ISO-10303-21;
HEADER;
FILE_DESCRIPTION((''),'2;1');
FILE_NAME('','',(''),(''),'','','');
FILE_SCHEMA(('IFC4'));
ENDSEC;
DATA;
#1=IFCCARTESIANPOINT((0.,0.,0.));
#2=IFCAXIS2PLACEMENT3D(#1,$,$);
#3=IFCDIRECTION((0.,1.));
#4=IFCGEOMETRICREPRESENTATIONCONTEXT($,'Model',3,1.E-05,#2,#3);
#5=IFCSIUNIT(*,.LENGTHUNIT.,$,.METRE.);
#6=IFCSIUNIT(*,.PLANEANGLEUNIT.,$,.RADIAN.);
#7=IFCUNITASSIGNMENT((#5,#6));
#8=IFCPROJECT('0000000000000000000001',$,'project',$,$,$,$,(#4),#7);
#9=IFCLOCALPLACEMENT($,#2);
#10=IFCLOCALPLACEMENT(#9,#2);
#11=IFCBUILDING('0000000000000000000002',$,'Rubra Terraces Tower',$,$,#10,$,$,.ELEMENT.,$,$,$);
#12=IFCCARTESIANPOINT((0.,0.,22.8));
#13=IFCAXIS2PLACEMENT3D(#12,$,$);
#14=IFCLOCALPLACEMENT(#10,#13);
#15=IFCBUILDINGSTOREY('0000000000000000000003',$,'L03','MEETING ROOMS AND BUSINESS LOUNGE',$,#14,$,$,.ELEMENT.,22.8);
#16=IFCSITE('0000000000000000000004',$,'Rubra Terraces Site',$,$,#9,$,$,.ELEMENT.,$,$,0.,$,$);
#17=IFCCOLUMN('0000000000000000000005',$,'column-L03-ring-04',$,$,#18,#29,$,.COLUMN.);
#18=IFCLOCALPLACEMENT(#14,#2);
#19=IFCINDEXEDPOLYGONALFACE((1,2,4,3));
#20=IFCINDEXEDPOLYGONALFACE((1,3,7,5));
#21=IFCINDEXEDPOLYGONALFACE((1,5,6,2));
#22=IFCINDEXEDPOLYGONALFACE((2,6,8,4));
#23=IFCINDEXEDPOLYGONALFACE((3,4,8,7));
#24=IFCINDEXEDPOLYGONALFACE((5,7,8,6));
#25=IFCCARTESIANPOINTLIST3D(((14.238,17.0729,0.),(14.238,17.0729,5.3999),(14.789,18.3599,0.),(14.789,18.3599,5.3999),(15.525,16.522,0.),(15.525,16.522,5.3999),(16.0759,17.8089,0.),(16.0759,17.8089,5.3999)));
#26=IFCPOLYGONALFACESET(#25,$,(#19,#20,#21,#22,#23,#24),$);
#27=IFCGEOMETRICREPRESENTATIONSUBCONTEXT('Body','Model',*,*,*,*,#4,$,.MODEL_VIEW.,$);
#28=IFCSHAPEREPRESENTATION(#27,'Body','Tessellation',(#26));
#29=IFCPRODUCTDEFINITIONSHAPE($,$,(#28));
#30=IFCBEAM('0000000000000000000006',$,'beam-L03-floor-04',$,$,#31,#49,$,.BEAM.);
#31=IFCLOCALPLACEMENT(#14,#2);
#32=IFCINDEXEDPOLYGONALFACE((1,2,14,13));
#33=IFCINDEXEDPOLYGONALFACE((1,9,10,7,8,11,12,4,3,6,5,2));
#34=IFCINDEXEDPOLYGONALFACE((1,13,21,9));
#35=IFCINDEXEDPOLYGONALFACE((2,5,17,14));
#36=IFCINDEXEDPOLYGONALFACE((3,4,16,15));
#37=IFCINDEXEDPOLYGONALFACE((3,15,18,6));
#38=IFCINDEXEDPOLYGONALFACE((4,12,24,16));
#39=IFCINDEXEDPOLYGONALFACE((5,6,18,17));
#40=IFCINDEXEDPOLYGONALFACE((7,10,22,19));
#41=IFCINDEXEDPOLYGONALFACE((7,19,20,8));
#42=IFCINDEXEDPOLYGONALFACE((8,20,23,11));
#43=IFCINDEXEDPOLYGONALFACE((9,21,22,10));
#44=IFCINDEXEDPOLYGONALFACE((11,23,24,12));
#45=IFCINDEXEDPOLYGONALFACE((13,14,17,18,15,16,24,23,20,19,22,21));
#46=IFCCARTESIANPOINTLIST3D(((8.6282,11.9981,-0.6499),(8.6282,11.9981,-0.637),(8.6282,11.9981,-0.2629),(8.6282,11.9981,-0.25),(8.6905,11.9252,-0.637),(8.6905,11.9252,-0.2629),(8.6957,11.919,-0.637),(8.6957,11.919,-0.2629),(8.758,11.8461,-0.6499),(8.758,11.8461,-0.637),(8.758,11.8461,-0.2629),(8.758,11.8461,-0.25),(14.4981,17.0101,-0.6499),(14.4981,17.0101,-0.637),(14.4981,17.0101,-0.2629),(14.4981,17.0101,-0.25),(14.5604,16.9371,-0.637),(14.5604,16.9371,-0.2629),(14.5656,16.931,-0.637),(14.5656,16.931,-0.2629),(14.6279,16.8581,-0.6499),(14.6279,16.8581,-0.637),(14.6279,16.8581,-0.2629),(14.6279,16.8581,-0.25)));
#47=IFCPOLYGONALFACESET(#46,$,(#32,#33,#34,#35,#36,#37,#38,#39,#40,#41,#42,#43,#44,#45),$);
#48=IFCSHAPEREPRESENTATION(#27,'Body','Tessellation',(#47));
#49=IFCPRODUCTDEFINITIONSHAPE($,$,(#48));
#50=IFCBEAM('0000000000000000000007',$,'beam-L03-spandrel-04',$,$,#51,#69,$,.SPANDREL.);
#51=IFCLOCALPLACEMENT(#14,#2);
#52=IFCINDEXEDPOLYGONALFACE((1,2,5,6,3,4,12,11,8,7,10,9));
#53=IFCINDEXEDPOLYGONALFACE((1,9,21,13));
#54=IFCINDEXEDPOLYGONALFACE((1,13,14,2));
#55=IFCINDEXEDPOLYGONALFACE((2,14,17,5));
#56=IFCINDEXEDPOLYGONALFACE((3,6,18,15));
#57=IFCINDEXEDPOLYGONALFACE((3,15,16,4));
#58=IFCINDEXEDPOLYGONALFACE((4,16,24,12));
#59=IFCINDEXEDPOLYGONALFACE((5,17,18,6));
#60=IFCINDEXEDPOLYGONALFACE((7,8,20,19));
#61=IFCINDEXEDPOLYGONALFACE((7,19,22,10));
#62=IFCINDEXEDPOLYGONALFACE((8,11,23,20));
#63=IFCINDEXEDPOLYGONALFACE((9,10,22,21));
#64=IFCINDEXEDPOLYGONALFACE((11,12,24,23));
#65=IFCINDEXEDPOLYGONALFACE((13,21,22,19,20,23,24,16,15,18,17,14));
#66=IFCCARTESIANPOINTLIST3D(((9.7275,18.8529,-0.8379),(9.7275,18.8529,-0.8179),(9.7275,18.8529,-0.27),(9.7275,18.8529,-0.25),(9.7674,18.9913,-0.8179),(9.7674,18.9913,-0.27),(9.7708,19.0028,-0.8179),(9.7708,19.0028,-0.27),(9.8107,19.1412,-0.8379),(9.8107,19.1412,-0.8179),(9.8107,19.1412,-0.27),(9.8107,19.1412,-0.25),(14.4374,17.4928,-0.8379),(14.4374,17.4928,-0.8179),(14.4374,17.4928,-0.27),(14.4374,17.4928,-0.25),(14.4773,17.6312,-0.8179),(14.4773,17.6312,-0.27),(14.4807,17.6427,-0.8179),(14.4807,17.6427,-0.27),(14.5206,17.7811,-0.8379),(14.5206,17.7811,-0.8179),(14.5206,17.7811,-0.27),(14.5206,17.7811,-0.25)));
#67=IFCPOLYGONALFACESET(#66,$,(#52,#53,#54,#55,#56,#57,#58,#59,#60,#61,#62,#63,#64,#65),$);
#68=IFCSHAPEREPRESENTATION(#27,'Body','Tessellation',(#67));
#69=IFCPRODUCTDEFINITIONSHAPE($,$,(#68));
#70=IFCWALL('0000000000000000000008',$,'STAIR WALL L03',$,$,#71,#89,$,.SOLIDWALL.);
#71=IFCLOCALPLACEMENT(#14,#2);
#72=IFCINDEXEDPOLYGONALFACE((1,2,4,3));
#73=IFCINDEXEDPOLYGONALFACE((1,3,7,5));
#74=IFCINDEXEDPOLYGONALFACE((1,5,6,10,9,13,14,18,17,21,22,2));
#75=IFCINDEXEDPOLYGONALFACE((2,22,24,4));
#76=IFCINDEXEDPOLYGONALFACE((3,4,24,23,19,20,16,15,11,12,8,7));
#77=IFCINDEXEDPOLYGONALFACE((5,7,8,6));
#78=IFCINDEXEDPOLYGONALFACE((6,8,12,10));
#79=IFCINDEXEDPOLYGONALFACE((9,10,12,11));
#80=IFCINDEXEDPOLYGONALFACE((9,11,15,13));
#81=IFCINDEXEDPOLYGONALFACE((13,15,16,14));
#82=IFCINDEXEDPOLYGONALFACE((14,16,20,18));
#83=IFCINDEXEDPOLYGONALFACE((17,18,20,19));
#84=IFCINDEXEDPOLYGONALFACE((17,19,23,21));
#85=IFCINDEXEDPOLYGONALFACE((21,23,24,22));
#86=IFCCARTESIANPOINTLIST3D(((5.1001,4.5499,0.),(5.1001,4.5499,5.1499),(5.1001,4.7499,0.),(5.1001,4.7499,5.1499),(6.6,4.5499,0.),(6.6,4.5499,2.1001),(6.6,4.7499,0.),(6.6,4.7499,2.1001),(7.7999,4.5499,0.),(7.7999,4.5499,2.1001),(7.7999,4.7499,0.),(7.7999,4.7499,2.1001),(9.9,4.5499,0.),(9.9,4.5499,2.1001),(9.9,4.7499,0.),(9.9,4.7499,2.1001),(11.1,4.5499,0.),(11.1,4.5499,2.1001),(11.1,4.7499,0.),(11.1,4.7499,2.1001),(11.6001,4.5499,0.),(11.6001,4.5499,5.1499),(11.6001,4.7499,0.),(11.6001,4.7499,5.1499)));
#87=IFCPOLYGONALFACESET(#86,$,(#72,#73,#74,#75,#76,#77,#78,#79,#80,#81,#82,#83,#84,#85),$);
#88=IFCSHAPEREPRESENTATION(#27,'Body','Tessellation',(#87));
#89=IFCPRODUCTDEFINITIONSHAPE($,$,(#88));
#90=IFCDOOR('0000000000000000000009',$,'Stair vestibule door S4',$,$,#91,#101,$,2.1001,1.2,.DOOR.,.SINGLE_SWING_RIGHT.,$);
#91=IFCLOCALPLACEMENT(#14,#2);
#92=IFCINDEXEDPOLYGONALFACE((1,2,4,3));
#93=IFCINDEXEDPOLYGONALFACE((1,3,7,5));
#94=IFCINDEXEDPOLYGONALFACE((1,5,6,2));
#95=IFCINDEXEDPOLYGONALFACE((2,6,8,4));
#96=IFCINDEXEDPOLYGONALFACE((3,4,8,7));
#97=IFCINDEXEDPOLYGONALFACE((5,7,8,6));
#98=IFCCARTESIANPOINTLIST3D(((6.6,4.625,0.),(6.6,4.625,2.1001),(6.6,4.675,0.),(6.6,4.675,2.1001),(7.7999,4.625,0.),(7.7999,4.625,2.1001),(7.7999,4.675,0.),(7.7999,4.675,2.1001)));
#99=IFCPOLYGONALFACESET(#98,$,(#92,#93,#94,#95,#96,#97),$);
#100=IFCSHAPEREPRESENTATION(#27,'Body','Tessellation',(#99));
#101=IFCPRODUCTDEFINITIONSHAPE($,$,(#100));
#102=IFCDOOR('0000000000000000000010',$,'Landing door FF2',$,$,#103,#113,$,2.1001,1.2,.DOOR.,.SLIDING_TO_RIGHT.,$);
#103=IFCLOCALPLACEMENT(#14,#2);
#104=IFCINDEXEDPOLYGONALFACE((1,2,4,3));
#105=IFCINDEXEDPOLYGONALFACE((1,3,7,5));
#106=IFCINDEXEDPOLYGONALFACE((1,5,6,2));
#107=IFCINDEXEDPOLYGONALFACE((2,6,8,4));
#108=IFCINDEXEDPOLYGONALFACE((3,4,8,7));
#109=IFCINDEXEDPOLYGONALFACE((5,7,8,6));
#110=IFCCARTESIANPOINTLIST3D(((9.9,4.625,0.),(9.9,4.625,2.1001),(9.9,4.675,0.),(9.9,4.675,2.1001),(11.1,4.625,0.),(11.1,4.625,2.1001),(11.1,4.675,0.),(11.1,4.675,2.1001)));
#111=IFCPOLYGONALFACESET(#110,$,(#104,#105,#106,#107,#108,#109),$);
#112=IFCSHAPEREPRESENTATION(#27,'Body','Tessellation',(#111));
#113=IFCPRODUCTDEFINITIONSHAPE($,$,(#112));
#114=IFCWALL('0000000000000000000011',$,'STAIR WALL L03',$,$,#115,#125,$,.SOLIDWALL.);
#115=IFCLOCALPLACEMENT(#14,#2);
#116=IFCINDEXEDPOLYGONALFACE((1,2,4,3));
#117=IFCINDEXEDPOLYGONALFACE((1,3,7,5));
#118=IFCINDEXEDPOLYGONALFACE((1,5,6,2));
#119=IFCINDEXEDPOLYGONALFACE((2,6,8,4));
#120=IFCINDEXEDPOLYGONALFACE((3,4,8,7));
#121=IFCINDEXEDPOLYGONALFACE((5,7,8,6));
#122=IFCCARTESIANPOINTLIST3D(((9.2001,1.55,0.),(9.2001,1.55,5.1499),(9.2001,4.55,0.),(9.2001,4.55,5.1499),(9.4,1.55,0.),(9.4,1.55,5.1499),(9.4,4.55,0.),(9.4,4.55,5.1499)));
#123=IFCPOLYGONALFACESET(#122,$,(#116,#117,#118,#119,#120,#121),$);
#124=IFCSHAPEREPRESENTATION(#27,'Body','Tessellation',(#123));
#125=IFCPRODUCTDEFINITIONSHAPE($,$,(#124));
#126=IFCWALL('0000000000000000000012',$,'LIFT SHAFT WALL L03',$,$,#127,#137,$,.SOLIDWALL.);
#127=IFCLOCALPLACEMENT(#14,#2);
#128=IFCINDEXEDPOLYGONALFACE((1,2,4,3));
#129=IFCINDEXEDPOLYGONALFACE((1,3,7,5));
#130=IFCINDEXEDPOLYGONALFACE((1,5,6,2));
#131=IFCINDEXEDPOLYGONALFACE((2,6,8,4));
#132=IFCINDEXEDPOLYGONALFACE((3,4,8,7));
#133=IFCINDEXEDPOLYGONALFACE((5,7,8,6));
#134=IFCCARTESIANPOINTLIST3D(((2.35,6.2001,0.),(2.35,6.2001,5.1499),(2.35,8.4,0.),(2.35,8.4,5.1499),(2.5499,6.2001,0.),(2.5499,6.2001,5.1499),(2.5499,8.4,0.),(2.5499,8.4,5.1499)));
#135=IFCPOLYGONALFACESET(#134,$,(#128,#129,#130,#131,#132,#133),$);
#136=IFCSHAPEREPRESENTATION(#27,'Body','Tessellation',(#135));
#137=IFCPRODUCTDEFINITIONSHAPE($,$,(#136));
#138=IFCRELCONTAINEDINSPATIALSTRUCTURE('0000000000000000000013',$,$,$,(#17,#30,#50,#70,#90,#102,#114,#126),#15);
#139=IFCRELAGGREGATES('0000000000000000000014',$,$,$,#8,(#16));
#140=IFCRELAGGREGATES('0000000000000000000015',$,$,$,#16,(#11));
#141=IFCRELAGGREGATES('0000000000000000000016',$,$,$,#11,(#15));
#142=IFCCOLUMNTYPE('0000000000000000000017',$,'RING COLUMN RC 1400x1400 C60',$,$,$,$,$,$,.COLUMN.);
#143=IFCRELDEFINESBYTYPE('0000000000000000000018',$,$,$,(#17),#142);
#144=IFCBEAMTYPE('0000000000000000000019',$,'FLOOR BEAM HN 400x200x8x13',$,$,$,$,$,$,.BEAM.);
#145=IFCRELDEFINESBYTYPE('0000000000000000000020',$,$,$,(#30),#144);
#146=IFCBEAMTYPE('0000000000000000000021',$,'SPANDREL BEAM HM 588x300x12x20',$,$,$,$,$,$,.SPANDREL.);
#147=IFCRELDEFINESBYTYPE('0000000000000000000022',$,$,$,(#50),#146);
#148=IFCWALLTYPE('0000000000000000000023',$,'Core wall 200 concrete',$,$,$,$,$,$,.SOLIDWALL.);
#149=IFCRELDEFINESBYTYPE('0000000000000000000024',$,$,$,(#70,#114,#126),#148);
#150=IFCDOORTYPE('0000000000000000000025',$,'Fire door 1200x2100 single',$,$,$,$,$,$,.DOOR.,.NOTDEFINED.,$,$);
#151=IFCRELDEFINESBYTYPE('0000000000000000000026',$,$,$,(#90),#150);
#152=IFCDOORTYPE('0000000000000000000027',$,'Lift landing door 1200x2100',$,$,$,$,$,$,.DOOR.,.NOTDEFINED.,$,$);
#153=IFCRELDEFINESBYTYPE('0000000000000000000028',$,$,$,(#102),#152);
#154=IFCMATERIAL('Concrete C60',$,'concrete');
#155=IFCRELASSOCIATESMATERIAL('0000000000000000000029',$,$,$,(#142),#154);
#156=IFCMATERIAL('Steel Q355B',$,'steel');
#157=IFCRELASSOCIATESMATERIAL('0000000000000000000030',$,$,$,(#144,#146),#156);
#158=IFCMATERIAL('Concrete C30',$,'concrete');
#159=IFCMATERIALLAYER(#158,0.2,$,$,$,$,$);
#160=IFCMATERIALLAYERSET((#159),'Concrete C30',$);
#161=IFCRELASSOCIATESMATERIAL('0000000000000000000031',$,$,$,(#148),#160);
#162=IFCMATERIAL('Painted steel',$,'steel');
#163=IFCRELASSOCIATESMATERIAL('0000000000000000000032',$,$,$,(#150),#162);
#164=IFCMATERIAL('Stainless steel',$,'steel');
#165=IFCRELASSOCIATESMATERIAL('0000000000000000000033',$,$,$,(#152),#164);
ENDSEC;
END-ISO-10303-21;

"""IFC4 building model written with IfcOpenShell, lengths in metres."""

from ifc_helpers import new_model, si_unit, direction, frame, frame_2d, origin, origin_2d, place, context, subcontext, project, spatial, rectangle, i_section, extrude, material, layer, layer_set, material_profile, profile_set, type_object, element, fill, save


model = new_model("IFC4")

# Units and contexts
model_context = context("Model", 3, precision=1e-05, world=origin(), true_north=direction((0.0, 1.0)))
body_context = subcontext(model_context, "Body", "Model", "MODEL_VIEW")
ifc_project = project(units=[si_unit("LENGTHUNIT", "METRE"), si_unit("PLANEANGLEUNIT", "RADIAN")], contexts=[model_context])

# Site, building, storey
site_placement = place(None, origin())
site = spatial("IfcSite", under=ifc_project, at=site_placement, Name="Rubra Terraces Site", CompositionType="ELEMENT", RefElevation=0.0)
building_placement = place(site_placement, origin())
building = spatial("IfcBuilding", under=site, at=building_placement, Name="Rubra Terraces Tower", CompositionType="ELEMENT")
storey_placement = place(building_placement, frame((0.0, 0.0, 22.8)))
storey = spatial("IfcBuildingStorey", under=building, at=storey_placement, Name="L03", Description="MEETING ROOMS AND BUSINESS LOUNGE", CompositionType="ELEMENT", Elevation=22.8)

# Column
ifc_material_1 = material(Name="Concrete C60", Category="concrete")
ifc_material_profile_1 = material_profile(ifc_material_1, rectangle(XDim=1.3999, YDim=1.3999, at=origin_2d()), Name="RC 1400x1400")
ifc_profile_set_1 = profile_set([ifc_material_profile_1], Name="Concrete C60")
column_type = type_object("IfcColumnType", Name="RING COLUMN RC 1400x1400 C60", PredefinedType="COLUMN", material=ifc_profile_set_1)
column_placement = place(storey_placement, frame((15.157, 17.4409, 0.0), z_axis=(0.0, 0.0, 1.0), x_axis=(-0.919294, 0.393572, 0.0)))
element("IfcColumn", 1, at=column_placement, inside=storey, type_object=column_type, Name="column-L03-ring-04", PredefinedType="COLUMN", context=body_context, shape_type="SweptSolid", body=[
    extrude(rectangle(XDim=1.3999, YDim=1.3999, at=origin_2d()), origin(), (0.0, 0.0, 1.0), 5.3999),
])

# Beams
ifc_material_2 = material(Name="Steel Q355B", Category="steel")
ifc_material_profile_2 = material_profile(ifc_material_2, i_section(OverallWidth=0.2, OverallDepth=0.3999, WebThickness=0.0081, FlangeThickness=0.0129, at=origin_2d()), Name="HN 400x200x8x13")
ifc_profile_set_2 = profile_set([ifc_material_profile_2], Name="Steel Q355B")
beam_type_1 = type_object("IfcBeamType", Name="FLOOR BEAM HN 400x200x8x13", PredefinedType="BEAM", material=ifc_profile_set_2)
beam_1_placement = place(storey_placement, frame((14.563, 16.9341, -0.45), z_axis=(-0.760494, -0.649344, 0.0), x_axis=(0.649344, -0.760494, 0.0)))
element("IfcBeam", 2, at=beam_1_placement, inside=storey, type_object=beam_type_1, Name="beam-L03-floor-04", PredefinedType="BEAM", context=body_context, shape_type="SweptSolid", body=[
    extrude(i_section(OverallWidth=0.2, OverallDepth=0.3999, WebThickness=0.0081, FlangeThickness=0.0129, at=origin_2d()), origin(), (0.0, 0.0, 1.0), 7.7185),
])
ifc_material_profile_3 = material_profile(ifc_material_2, i_section(OverallWidth=0.3, OverallDepth=0.5879, WebThickness=0.012, FlangeThickness=0.02, at=origin_2d()), Name="HM 588x300x12x20")
ifc_profile_set_3 = profile_set([ifc_material_profile_3], Name="Steel Q355B")
beam_type_2 = type_object("IfcBeamType", Name="SPANDREL BEAM HM 588x300x12x20", PredefinedType="SPANDREL", material=ifc_profile_set_3)
beam_2_placement = place(storey_placement, frame((14.479, 17.637, -0.5439), z_axis=(-0.960744, 0.277436, 0.0), x_axis=(-0.277436, -0.960744, 0.0)))
element("IfcBeam", 3, at=beam_2_placement, inside=storey, type_object=beam_type_2, Name="beam-L03-spandrel-04", PredefinedType="SPANDREL", context=body_context, shape_type="SweptSolid", body=[
    extrude(i_section(OverallWidth=0.3, OverallDepth=0.5879, WebThickness=0.012, FlangeThickness=0.02, at=origin_2d()), origin(), (0.0, 0.0, 1.0), 4.9023),
])

# Wall, openings, doors
ifc_material_3 = material(Name="Concrete C30", Category="concrete")
ifc_layer_1 = layer(ifc_material_3, 0.2)
ifc_layer_set_1 = layer_set([ifc_layer_1], Name="Concrete C30")
wall_type_1 = type_object("IfcWallType", Name="Core wall 200 concrete", PredefinedType="SOLIDWALL", material=ifc_layer_set_1)
wall_1_placement = place(storey_placement, frame((11.6001, 4.6499, 0.0), z_axis=(0.0, 0.0, 1.0), x_axis=(-1.0, 0.0, 0.0)))
wall_1 = element("IfcWall", 4, at=wall_1_placement, inside=storey, type_object=wall_type_1, Name="STAIR WALL L03", PredefinedType="SOLIDWALL", context=body_context, shape_type="SweptSolid", body=[
    extrude(rectangle(XDim=6.5, YDim=0.2, at=frame_2d((3.25, 0.0))), origin(), (0.0, 0.0, 1.0), 5.1499),
])
opening_1_placement = place(wall_1_placement, frame((3.8, 0.0, 0.0)))
opening_1 = element("IfcOpeningElement", 5, at=opening_1_placement, cuts=wall_1, PredefinedType="OPENING", context=body_context, shape_type="SweptSolid", body=[
    extrude(rectangle(XDim=1.2, YDim=2.1001, at=frame_2d((0.6001, 1.05))), frame((0.0, 0.1099, 0.0), z_axis=(0.0, -1.0, 0.0), x_axis=(1.0, 0.0, 0.0)), (0.0, 0.0, 1.0), 0.22),
])
opening_2_placement = place(wall_1_placement, frame((0.5, 0.0, 0.0)))
opening_2 = element("IfcOpeningElement", 6, at=opening_2_placement, cuts=wall_1, PredefinedType="OPENING", context=body_context, shape_type="SweptSolid", body=[
    extrude(rectangle(XDim=1.2, YDim=2.1001, at=frame_2d((0.6001, 1.05))), frame((0.0, 0.1099, 0.0), z_axis=(0.0, -1.0, 0.0), x_axis=(1.0, 0.0, 0.0)), (0.0, 0.0, 1.0), 0.22),
])
ifc_material_4 = material(Name="Painted steel", Category="steel")
door_type_1 = type_object("IfcDoorType", Name="Fire door 1200x2100 single", OperationType="NOTDEFINED", PredefinedType="DOOR", material=ifc_material_4)
door_1_placement = place(opening_1_placement, origin())
door_1 = element("IfcDoor", 7, at=door_1_placement, inside=storey, type_object=door_type_1, Name="Stair vestibule door S4", OperationType="SINGLE_SWING_RIGHT", OverallHeight=2.1001, OverallWidth=1.2, PredefinedType="DOOR", context=body_context, shape_type="SweptSolid", body=[
    extrude(rectangle(XDim=1.2, YDim=2.1001, at=frame_2d((0.6001, 1.05))), frame((0.0, 0.0249, 0.0), z_axis=(0.0, -1.0, 0.0), x_axis=(1.0, 0.0, 0.0)), (0.0, 0.0, 1.0), 0.05),
])
fill(opening_1, door_1)
ifc_material_5 = material(Name="Stainless steel", Category="steel")
door_type_2 = type_object("IfcDoorType", Name="Lift landing door 1200x2100", OperationType="NOTDEFINED", PredefinedType="DOOR", material=ifc_material_5)
door_2_placement = place(opening_2_placement, origin())
door_2 = element("IfcDoor", 8, at=door_2_placement, inside=storey, type_object=door_type_2, Name="Landing door FF2", OperationType="SLIDING_TO_RIGHT", OverallHeight=2.1001, OverallWidth=1.2, PredefinedType="DOOR", context=body_context, shape_type="SweptSolid", body=[
    extrude(rectangle(XDim=1.2, YDim=2.1001, at=frame_2d((0.6001, 1.05))), frame((0.0, 0.0249, 0.0), z_axis=(0.0, -1.0, 0.0), x_axis=(1.0, 0.0, 0.0)), (0.0, 0.0, 1.0), 0.05),
])
fill(opening_2, door_2)

# Walls
wall_2_placement = place(storey_placement, frame((9.3, 4.55, 0.0), z_axis=(0.0, 0.0, 1.0), x_axis=(0.0, -1.0, 0.0)))
element("IfcWall", 9, at=wall_2_placement, inside=storey, type_object=wall_type_1, Name="STAIR WALL L03", PredefinedType="SOLIDWALL", context=body_context, shape_type="SweptSolid", body=[
    extrude(rectangle(XDim=3.0, YDim=0.2, at=frame_2d((1.5, 0.0))), origin(), (0.0, 0.0, 1.0), 5.1499),
])
wall_3_placement = place(storey_placement, frame((2.45, 6.2, 0.0), z_axis=(0.0, 0.0, 1.0), x_axis=(0.0, 1.0, 0.0)))
element("IfcWall", 10, at=wall_3_placement, inside=storey, type_object=wall_type_1, Name="LIFT SHAFT WALL L03", PredefinedType="SOLIDWALL", context=body_context, shape_type="SweptSolid", body=[
    extrude(rectangle(XDim=2.2, YDim=0.2, at=frame_2d((1.1001, 0.0))), origin(), (0.0, 0.0, 1.0), 5.1499),
])

save(model, "model.ifc")
